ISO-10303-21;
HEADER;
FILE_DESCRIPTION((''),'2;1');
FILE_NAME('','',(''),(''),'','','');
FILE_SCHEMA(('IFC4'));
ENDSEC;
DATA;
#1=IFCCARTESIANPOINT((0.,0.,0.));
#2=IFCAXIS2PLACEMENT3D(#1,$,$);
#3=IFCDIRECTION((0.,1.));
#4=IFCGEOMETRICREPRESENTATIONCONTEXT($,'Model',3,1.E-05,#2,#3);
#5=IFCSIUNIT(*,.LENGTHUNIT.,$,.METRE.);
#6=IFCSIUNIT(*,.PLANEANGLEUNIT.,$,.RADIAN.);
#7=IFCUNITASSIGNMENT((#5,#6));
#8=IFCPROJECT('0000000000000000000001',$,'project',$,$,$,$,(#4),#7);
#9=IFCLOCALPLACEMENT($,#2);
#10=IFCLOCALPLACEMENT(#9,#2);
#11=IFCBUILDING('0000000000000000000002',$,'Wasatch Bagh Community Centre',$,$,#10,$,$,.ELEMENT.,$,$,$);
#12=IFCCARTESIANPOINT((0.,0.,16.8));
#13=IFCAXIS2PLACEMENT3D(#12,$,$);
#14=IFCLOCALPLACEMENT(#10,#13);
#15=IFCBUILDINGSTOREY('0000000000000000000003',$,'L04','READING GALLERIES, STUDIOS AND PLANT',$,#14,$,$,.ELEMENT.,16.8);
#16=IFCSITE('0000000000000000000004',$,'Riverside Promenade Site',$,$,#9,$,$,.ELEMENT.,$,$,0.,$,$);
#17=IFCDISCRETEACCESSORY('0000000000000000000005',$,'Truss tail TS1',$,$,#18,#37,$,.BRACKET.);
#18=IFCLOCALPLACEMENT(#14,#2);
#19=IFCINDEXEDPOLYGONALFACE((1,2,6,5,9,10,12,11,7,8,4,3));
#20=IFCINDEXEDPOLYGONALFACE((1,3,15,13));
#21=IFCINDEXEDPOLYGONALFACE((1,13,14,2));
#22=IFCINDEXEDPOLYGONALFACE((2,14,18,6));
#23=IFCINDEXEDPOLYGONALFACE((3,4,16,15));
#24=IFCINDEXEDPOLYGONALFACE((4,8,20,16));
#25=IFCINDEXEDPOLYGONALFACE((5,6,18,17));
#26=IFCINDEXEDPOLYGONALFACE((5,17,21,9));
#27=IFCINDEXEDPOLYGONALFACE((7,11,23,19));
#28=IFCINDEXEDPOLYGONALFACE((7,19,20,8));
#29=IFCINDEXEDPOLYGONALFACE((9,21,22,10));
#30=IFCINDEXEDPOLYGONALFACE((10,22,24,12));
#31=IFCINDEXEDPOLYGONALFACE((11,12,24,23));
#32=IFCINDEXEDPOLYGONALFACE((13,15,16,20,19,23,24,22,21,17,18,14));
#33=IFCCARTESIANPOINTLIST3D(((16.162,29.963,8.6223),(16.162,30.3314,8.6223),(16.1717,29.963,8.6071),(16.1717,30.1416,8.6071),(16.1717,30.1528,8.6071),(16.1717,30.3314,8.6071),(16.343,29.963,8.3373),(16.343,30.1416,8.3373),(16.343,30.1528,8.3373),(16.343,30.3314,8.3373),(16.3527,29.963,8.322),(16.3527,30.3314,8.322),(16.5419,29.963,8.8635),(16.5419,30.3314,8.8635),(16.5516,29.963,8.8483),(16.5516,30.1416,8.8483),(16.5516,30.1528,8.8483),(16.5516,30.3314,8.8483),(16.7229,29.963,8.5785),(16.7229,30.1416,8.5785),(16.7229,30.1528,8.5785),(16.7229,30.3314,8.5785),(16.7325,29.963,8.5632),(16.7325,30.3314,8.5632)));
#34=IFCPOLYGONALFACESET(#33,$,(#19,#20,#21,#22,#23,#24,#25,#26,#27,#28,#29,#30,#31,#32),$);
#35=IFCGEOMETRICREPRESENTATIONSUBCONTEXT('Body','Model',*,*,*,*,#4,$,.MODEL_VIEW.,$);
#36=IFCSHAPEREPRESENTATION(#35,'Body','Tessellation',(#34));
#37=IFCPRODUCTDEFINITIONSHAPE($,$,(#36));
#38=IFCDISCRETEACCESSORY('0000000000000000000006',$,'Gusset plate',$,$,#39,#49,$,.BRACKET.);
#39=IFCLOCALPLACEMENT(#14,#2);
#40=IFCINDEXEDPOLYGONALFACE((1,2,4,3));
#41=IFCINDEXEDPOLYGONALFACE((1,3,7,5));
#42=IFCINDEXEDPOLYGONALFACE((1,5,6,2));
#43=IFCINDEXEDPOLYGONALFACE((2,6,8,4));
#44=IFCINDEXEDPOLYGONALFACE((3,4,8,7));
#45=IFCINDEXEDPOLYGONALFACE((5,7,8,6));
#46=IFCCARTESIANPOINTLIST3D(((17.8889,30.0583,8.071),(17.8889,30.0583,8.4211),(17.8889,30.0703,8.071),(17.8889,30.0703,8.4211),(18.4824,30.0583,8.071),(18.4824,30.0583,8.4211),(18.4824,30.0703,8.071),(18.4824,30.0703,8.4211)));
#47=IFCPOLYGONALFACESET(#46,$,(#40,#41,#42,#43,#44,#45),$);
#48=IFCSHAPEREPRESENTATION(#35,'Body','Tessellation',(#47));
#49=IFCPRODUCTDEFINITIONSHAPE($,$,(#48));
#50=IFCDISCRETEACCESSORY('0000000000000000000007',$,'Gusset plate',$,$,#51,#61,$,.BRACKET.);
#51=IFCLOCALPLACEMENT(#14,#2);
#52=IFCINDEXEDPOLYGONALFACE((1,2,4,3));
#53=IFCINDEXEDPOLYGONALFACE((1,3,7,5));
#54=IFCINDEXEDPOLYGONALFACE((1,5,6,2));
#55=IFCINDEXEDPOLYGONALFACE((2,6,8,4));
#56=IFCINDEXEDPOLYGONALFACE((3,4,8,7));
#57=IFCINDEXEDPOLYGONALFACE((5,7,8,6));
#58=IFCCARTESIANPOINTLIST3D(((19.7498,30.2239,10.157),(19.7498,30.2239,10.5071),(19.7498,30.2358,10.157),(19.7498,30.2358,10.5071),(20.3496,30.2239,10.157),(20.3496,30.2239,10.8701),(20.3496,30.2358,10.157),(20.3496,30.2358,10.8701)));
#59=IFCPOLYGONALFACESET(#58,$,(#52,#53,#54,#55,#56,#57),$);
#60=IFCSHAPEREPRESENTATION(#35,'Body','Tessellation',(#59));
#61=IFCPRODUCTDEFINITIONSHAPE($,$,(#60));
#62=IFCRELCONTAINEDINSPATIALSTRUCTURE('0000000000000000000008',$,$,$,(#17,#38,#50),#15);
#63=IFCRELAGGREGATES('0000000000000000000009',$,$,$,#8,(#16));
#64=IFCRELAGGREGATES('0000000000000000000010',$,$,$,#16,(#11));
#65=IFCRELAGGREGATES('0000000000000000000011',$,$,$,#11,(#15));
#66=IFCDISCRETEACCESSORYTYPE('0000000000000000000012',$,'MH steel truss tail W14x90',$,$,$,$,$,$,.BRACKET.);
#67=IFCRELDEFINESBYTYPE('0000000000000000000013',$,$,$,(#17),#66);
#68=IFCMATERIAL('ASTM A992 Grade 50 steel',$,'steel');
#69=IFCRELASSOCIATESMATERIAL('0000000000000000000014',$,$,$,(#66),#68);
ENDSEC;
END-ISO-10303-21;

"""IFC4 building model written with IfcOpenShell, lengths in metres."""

from ifc_helpers import new_model, si_unit, direction, frame, origin, origin_2d, place, context, subcontext, project, spatial, polyline, i_section, outline, extrude, material, material_profile, profile_set, type_object, element, save


model = new_model("IFC4")

# Units and contexts
model_context = context("Model", 3, precision=1e-05, world=origin(), true_north=direction((0.0, 1.0)))
body_context = subcontext(model_context, "Body", "Model", "MODEL_VIEW")
ifc_project = project(units=[si_unit("LENGTHUNIT", "METRE"), si_unit("PLANEANGLEUNIT", "RADIAN")], contexts=[model_context])

# Site, building, storey
site_placement = place(None, origin())
site = spatial("IfcSite", under=ifc_project, at=site_placement, Name="Riverside Promenade Site", CompositionType="ELEMENT", RefElevation=0.0)
building_placement = place(site_placement, origin())
building = spatial("IfcBuilding", under=site, at=building_placement, Name="Wasatch Bagh Community Centre", CompositionType="ELEMENT")
storey_placement = place(building_placement, frame((0.0, 0.0, 16.8)))
storey = spatial("IfcBuildingStorey", under=building, at=storey_placement, Name="L04", Description="READING GALLERIES, STUDIOS AND PLANT", CompositionType="ELEMENT", Elevation=16.8)

# Shared definitions
ifc_material_1 = material(Name="ASTM A992 Grade 50 steel", Category="steel")

# Discrete accessories
ifc_material_profile_1 = material_profile(ifc_material_1, i_section(OverallWidth=0.3684, OverallDepth=0.3557, WebThickness=0.0112, FlangeThickness=0.0181, at=origin_2d()), Name="W14x90")
ifc_profile_set_1 = profile_set([ifc_material_profile_1], Name="ASTM A992 Grade 50 steel")
discrete_accessory_type_1 = type_object("IfcDiscreteAccessoryType", Name="MH steel truss tail W14x90", PredefinedType="BRACKET", material=ifc_profile_set_1)
discrete_accessory_1_placement = place(storey_placement, frame((16.6372, 30.1472, 8.7134), z_axis=(-0.844197, 0.0, -0.536033), x_axis=(0.0, -1.0, 0.0)))
element("IfcDiscreteAccessory", 1, at=discrete_accessory_1_placement, inside=storey, type_object=discrete_accessory_type_1, Name="Truss tail TS1", PredefinedType="BRACKET", context=body_context, shape_type="SweptSolid", body=[
    extrude(i_section(OverallWidth=0.3684, OverallDepth=0.3557, WebThickness=0.0112, FlangeThickness=0.0181, at=origin_2d()), origin(), (0.0, 0.0, 1.0), 0.45),
])
discrete_accessory_2_placement = place(storey_placement, frame((17.8889, 30.0583, 8.071), z_axis=(0.0, -1.0, 0.0), x_axis=(1.0, 0.0, 0.0)))
element("IfcDiscreteAccessory", 2, at=discrete_accessory_2_placement, inside=storey, Name="Gusset plate", PredefinedType="BRACKET", context=body_context, shape_type="SweptSolid", body=[
    extrude(outline(polyline([(0.0, 0.0), (0.5935, 0.0), (0.5935, 0.3501), (0.0, 0.3501), (0.0, 0.0)])), origin(), (0.0, 0.0, -1.0), 0.012),
])
discrete_accessory_3_placement = place(storey_placement, frame((19.7498, 30.2358, 10.5071), z_axis=(0.0, 1.0, 0.0), x_axis=(0.85552, 0.0, 0.517769)))
element("IfcDiscreteAccessory", 3, at=discrete_accessory_3_placement, inside=storey, Name="Gusset plate", PredefinedType="BRACKET", context=body_context, shape_type="SweptSolid", body=[
    extrude(outline(polyline([(0.0, 0.0), (0.7012, 0.0), (0.3319, 0.6101), (-0.1813, 0.2995), (0.0, 0.0)])), origin(), (0.0, 0.0, -1.0), 0.012),
])

save(model, "model.ifc")
